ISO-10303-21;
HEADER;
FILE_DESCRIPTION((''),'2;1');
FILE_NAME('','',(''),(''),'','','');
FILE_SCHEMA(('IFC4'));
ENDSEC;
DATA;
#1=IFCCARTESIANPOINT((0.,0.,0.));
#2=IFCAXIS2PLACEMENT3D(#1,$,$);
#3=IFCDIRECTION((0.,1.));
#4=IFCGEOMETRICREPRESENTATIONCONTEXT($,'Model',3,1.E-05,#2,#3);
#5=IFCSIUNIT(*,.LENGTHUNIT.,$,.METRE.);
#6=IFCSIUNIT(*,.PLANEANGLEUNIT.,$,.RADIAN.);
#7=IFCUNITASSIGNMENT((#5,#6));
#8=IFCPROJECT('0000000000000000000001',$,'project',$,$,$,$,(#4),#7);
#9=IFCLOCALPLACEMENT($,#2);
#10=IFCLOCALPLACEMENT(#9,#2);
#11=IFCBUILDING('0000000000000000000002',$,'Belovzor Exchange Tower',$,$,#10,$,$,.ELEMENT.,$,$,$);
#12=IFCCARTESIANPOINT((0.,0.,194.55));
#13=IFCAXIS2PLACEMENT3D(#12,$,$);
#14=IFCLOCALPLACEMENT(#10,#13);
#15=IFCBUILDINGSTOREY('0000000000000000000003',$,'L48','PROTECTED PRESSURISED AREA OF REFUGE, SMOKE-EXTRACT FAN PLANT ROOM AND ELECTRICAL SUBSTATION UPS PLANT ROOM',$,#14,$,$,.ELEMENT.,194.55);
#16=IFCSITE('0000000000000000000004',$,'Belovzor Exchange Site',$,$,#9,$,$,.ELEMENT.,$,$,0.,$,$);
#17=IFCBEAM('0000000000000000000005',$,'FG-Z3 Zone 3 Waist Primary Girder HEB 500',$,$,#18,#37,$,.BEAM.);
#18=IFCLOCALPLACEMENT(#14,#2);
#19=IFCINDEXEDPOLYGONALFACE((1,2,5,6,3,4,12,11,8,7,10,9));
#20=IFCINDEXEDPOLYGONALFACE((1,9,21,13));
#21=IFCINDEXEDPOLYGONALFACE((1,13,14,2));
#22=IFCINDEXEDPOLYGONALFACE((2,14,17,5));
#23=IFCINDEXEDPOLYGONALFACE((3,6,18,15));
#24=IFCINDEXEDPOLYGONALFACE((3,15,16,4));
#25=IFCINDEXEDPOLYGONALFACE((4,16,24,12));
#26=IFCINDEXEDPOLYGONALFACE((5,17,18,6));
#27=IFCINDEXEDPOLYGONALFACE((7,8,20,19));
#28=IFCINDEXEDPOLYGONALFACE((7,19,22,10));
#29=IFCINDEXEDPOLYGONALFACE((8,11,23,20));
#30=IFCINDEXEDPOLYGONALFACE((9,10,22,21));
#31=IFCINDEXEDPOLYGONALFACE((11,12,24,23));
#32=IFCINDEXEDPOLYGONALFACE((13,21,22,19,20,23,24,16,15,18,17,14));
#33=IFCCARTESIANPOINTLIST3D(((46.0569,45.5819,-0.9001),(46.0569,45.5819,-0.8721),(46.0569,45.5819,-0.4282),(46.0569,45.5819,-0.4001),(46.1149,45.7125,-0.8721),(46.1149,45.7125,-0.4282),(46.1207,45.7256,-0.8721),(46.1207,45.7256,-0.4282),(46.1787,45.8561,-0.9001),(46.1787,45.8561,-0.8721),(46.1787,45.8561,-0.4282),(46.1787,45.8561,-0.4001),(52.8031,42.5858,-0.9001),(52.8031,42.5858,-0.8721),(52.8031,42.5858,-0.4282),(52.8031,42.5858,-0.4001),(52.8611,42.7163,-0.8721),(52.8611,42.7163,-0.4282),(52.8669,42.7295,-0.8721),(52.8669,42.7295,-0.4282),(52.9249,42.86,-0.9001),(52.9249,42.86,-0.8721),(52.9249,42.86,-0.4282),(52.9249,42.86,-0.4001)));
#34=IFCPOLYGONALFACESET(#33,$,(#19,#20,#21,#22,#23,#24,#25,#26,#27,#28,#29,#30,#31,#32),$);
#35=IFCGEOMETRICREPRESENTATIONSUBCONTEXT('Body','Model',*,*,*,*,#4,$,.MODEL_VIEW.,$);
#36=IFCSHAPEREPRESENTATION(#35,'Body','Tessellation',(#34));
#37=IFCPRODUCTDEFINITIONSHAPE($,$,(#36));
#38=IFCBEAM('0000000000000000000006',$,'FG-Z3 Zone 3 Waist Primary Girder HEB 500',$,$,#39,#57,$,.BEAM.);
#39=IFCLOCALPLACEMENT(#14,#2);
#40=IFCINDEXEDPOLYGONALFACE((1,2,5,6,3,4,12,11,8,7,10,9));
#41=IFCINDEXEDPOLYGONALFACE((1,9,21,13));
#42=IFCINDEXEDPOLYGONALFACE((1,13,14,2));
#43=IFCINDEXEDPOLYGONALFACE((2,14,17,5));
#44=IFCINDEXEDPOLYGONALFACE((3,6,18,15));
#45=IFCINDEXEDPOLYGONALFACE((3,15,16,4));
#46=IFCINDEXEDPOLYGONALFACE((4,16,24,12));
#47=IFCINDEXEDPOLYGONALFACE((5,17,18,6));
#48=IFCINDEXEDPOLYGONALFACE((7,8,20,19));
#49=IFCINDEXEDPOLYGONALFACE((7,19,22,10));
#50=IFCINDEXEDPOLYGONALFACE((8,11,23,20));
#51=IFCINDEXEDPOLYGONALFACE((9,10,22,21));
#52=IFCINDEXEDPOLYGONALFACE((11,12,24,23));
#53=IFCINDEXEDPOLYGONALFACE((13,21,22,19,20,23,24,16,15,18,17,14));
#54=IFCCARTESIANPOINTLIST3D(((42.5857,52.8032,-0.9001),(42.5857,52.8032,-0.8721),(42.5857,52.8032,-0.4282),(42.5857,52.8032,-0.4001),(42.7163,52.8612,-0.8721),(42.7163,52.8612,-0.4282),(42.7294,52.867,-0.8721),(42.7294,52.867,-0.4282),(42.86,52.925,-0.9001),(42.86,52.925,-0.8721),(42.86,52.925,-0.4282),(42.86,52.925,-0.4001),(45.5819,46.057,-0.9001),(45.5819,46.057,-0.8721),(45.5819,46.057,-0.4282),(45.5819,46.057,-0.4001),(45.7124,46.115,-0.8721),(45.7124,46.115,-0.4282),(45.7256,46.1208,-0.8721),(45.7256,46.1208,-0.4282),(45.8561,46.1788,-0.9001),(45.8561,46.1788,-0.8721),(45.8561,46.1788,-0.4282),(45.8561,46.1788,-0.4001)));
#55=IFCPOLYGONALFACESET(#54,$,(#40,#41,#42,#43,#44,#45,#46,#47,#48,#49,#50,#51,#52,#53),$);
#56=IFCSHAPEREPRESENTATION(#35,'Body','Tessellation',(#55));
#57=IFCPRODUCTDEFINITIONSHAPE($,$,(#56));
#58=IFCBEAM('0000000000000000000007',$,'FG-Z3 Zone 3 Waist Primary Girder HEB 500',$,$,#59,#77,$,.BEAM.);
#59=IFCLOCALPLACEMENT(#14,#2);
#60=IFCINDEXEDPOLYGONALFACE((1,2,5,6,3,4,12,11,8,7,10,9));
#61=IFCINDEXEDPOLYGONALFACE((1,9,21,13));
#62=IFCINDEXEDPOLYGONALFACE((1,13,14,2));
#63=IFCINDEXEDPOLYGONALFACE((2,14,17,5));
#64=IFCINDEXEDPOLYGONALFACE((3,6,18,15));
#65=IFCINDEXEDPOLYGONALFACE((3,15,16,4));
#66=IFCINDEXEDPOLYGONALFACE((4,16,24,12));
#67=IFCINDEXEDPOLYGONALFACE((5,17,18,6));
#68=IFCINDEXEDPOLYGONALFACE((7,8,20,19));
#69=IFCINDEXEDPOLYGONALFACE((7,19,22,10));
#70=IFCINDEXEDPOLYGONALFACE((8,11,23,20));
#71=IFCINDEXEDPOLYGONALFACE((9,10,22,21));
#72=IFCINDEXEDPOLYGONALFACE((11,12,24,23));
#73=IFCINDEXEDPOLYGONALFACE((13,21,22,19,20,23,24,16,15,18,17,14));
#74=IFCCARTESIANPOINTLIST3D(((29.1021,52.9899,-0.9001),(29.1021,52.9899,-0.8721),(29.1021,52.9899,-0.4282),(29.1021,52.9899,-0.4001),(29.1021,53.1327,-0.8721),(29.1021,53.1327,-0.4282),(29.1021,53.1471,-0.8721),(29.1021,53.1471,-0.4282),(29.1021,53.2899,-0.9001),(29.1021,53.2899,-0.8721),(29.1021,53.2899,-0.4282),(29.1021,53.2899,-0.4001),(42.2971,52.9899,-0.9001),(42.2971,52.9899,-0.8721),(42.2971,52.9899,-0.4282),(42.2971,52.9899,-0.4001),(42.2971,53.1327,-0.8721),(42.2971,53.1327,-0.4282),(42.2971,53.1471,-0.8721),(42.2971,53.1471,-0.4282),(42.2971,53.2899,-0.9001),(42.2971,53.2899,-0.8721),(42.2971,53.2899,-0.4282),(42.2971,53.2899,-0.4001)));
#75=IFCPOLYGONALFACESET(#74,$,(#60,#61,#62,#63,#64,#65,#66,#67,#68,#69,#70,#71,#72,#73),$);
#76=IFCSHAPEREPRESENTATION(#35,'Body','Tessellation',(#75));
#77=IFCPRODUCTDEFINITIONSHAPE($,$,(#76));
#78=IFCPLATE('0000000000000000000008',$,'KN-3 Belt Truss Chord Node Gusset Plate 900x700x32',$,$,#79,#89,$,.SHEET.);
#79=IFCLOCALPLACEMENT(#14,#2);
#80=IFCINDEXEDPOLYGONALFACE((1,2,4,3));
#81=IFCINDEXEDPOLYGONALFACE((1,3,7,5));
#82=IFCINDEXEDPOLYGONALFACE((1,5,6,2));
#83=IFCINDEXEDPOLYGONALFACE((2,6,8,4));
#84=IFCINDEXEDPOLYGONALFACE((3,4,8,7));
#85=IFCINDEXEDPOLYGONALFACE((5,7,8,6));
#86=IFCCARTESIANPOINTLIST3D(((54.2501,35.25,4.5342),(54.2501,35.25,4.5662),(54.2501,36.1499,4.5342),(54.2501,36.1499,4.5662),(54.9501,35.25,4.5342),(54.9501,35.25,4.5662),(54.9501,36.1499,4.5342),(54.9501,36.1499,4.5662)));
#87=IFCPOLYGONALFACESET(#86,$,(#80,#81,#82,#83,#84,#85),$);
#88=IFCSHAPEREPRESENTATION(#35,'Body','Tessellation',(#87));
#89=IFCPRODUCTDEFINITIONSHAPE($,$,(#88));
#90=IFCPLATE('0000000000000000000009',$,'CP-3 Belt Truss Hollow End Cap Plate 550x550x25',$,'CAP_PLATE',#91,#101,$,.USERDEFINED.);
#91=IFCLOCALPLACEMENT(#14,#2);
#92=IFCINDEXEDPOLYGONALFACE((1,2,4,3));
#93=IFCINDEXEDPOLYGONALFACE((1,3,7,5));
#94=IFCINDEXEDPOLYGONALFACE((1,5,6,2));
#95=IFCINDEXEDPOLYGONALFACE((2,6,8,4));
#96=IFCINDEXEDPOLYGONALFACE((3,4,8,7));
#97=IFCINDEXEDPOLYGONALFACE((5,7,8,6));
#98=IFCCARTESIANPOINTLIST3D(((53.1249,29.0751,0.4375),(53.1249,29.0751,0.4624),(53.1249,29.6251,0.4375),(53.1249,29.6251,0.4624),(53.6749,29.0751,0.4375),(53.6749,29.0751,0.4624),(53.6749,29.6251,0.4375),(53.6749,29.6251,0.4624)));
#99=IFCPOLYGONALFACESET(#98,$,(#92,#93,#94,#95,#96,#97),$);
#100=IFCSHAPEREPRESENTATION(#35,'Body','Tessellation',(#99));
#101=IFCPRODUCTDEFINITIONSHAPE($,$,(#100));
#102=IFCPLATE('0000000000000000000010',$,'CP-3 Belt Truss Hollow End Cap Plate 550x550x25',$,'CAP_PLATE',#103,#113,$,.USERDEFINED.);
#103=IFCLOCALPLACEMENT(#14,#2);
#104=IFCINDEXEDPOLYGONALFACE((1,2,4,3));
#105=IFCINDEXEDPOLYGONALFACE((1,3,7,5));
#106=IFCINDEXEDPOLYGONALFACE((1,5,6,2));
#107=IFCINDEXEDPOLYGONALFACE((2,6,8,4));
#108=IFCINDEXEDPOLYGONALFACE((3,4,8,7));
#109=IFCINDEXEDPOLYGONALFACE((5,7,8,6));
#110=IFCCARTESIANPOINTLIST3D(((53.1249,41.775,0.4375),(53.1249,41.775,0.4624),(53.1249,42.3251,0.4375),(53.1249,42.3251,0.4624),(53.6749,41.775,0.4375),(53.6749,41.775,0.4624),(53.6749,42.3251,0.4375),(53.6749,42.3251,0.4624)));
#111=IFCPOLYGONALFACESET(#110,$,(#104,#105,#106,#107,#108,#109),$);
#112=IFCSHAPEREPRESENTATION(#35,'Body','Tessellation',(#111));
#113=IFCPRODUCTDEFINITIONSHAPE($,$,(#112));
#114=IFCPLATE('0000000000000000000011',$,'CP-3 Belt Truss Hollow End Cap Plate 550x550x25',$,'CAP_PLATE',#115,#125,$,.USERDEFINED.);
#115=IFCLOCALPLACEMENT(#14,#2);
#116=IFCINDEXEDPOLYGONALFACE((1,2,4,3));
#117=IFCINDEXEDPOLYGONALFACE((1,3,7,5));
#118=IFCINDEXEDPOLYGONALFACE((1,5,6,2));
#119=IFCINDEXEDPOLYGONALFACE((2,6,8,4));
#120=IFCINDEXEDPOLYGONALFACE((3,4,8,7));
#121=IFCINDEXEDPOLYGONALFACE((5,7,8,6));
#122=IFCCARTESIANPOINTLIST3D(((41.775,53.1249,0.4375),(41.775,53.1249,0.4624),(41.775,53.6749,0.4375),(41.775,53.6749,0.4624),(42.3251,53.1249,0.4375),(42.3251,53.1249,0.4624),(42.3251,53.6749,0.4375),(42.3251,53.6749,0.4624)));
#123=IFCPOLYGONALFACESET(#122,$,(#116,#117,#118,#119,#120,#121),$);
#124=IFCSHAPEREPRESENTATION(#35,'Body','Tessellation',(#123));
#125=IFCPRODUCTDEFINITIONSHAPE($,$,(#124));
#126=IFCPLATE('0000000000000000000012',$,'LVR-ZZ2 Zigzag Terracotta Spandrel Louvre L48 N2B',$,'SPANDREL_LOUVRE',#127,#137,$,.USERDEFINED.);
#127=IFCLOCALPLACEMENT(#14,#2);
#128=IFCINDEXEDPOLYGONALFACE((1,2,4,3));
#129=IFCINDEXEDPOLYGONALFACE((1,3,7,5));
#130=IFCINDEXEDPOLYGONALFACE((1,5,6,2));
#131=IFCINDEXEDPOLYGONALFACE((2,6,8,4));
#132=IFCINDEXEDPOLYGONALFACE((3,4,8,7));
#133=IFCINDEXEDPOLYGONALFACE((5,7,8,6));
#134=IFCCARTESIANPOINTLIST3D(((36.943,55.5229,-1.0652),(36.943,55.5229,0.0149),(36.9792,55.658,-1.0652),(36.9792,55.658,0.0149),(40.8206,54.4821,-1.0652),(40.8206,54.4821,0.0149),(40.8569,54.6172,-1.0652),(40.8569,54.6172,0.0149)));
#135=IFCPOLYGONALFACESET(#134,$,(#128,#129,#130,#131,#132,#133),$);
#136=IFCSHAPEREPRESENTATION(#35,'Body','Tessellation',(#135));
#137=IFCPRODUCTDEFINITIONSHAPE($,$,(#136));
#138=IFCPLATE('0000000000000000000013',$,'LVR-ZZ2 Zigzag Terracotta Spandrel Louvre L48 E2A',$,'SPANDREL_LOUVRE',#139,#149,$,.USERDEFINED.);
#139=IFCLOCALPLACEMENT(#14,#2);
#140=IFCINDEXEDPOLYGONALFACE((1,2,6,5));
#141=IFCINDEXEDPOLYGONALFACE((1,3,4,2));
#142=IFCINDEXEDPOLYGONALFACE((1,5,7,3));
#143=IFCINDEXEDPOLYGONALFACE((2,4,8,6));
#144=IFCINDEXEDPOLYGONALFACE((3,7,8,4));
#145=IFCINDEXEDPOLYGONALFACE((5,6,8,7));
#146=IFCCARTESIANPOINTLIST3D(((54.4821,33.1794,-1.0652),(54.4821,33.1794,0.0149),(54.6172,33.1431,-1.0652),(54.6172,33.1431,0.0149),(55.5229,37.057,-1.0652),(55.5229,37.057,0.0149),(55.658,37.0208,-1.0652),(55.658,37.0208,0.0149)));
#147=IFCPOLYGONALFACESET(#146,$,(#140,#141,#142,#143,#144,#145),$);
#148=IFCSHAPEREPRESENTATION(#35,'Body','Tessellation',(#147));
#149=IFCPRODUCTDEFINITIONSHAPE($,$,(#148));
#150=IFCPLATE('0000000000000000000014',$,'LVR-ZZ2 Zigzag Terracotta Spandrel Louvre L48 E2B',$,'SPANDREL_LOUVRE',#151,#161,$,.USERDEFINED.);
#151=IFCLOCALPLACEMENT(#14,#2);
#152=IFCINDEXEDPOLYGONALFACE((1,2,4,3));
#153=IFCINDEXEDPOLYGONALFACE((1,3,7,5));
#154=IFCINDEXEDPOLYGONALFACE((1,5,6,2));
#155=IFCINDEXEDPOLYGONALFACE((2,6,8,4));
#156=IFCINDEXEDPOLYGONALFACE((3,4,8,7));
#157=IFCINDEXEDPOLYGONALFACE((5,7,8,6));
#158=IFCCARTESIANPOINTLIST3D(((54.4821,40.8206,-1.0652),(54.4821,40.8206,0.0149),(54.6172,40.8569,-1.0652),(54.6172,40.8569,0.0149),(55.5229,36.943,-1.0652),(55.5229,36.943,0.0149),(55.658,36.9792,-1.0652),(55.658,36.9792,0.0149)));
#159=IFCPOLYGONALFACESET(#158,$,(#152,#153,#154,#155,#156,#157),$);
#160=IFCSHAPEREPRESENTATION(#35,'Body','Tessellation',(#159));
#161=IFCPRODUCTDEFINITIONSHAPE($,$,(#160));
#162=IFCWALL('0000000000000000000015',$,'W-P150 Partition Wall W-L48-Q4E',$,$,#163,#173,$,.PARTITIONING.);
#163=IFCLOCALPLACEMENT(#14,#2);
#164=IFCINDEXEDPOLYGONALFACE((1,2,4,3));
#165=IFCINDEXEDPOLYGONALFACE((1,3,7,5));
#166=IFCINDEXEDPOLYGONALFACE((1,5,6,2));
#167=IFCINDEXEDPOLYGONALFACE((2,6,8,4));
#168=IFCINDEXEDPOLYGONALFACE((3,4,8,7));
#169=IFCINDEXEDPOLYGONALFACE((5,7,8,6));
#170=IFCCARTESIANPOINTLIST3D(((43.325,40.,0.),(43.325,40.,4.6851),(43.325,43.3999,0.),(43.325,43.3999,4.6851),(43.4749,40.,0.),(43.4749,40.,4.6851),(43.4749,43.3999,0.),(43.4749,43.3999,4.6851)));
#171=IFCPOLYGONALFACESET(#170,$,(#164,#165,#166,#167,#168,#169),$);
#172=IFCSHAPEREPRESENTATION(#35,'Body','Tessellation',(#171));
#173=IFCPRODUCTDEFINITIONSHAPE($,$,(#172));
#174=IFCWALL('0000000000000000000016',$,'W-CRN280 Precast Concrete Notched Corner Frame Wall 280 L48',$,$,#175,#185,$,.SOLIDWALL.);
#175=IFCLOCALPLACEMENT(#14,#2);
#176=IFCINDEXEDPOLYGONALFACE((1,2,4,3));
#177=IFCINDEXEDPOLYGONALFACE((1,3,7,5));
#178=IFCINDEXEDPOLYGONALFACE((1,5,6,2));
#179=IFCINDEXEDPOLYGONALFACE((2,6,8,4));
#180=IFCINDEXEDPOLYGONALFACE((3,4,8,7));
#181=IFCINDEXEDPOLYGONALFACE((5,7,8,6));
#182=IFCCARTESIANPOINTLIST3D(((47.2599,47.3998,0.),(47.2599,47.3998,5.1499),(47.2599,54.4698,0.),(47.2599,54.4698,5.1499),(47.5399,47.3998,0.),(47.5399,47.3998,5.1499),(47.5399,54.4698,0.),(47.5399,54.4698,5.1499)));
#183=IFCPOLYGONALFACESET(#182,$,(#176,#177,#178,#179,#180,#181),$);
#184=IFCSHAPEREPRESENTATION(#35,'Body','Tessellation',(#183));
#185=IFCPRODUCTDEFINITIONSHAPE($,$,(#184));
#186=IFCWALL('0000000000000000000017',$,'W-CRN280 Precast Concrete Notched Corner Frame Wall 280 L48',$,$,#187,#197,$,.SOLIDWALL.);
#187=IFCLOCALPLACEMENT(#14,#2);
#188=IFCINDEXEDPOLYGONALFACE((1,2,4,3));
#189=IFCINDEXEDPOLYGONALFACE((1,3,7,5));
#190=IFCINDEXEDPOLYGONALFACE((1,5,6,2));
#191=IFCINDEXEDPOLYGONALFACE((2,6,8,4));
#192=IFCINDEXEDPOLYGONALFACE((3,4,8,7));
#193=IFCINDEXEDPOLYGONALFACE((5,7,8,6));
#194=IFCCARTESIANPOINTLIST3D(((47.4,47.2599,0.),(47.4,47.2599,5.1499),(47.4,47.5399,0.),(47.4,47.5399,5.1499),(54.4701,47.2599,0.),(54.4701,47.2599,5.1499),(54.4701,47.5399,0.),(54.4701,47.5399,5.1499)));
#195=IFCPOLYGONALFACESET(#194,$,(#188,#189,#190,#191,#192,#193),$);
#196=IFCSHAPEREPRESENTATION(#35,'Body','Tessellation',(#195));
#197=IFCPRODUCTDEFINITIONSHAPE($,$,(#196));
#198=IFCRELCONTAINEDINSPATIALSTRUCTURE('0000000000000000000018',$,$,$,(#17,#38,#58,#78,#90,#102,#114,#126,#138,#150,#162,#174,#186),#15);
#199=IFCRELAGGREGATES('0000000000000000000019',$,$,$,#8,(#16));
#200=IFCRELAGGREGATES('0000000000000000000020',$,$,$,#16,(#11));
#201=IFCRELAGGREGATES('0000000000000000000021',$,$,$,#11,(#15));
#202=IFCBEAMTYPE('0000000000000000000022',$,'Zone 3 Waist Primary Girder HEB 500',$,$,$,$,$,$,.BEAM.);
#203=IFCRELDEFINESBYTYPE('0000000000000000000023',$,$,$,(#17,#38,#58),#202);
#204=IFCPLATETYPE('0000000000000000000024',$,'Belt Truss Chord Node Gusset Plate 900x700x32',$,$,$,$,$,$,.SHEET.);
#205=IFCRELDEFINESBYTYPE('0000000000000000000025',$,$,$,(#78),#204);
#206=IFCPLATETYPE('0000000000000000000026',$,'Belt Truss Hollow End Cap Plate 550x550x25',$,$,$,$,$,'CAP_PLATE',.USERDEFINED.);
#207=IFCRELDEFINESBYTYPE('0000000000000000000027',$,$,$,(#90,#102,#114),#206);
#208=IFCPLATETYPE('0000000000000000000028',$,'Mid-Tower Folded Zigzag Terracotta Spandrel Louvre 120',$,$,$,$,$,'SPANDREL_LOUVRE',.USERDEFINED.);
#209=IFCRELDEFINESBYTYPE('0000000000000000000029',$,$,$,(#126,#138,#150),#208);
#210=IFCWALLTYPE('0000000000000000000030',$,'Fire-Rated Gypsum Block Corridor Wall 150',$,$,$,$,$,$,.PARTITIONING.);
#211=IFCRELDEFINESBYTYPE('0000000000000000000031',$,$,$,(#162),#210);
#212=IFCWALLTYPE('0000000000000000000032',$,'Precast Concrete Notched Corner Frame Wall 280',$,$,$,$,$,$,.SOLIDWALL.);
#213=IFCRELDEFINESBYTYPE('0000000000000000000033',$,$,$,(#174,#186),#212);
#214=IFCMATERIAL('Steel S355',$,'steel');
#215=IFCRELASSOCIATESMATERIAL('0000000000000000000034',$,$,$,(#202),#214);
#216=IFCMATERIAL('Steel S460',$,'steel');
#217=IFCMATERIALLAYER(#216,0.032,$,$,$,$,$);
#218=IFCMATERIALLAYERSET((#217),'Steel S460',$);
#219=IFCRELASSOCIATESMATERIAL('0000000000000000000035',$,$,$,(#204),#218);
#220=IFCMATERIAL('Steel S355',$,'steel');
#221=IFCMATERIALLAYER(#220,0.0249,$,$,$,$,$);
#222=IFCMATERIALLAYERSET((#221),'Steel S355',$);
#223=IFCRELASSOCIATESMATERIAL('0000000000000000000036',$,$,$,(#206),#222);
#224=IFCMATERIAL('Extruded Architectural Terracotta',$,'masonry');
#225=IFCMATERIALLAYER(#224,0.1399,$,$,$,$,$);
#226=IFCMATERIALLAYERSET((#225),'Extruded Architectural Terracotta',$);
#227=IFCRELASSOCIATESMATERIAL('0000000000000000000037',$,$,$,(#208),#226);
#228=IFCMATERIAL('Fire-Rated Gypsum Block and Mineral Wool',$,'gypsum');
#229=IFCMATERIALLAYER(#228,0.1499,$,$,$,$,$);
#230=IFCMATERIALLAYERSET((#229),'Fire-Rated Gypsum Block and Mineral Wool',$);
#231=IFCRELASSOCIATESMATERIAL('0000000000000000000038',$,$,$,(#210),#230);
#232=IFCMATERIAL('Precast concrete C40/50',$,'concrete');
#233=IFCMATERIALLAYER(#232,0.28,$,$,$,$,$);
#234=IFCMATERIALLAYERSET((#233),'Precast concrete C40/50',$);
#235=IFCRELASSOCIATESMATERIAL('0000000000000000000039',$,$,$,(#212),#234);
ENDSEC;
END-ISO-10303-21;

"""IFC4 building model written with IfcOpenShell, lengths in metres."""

from ifc_helpers import new_model, si_unit, direction, frame, frame_2d, origin, origin_2d, place, context, subcontext, project, spatial, rectangle, i_section, extrude, material, layer, layer_set, material_profile, profile_set, type_object, element, save


model = new_model("IFC4")

# Units and contexts
model_context = context("Model", 3, precision=1e-05, world=origin(), true_north=direction((0.0, 1.0)))
body_context = subcontext(model_context, "Body", "Model", "MODEL_VIEW")
ifc_project = project(units=[si_unit("LENGTHUNIT", "METRE"), si_unit("PLANEANGLEUNIT", "RADIAN")], contexts=[model_context])

# Site, building, storey
site_placement = place(None, origin())
site = spatial("IfcSite", under=ifc_project, at=site_placement, Name="Belovzor Exchange Site", CompositionType="ELEMENT", RefElevation=0.0)
building_placement = place(site_placement, origin())
building = spatial("IfcBuilding", under=site, at=building_placement, Name="Belovzor Exchange Tower", CompositionType="ELEMENT")
storey_placement = place(building_placement, frame((0.0, 0.0, 194.55)))
storey = spatial("IfcBuildingStorey", under=building, at=storey_placement, Name="L48", Description="PROTECTED PRESSURISED AREA OF REFUGE, SMOKE-EXTRACT FAN PLANT ROOM AND ELECTRICAL SUBSTATION UPS PLANT ROOM", CompositionType="ELEMENT", Elevation=194.55)

# Beams
ifc_material_1 = material(Name="Steel S355", Category="steel")
ifc_material_profile_1 = material_profile(ifc_material_1, i_section(OverallWidth=0.3, OverallDepth=0.5, WebThickness=0.0144, FlangeThickness=0.0281, at=origin_2d()))
ifc_profile_set_1 = profile_set([ifc_material_profile_1], Name="Steel S355")
beam_type_1 = type_object("IfcBeamType", Name="Zone 3 Waist Primary Girder HEB 500", PredefinedType="BEAM", material=ifc_profile_set_1)
for number, where, z_axis, x_axis, name in (
    (1, (52.864, 42.7229, -0.6501), (-0.913921, 0.405893, 0.0), (-0.405893, -0.913921, 0.0), "FG-Z3 Zone 3 Waist Primary Girder HEB 500"),
    (2, (45.719, 46.1179, -0.6501), (-0.405893, 0.913921, 0.0), (-0.913921, -0.405893, 0.0), "FG-Z3 Zone 3 Waist Primary Girder HEB 500"),
):
    element("IfcBeam", number, at=place(storey_placement, frame(where, z_axis=z_axis, x_axis=x_axis)), inside=storey, type_object=beam_type_1, Name=name, PredefinedType="BEAM", context=body_context, shape_type="SweptSolid", body=[
        extrude(i_section(OverallWidth=0.3, OverallDepth=0.5, WebThickness=0.0144, FlangeThickness=0.0281, at=origin_2d()), origin(), (0.0, 0.0, 1.0), 7.3816),
    ])
beam_1_placement = place(storey_placement, frame((42.2971, 53.1399, -0.6501), z_axis=(-1.0, 0.0, 0.0), x_axis=(0.0, -1.0, 0.0)))
element("IfcBeam", 3, at=beam_1_placement, inside=storey, type_object=beam_type_1, Name="FG-Z3 Zone 3 Waist Primary Girder HEB 500", PredefinedType="BEAM", context=body_context, shape_type="SweptSolid", body=[
    extrude(i_section(OverallWidth=0.3, OverallDepth=0.5, WebThickness=0.0144, FlangeThickness=0.0281, at=origin_2d()), origin(), (0.0, 0.0, 1.0), 13.1951),
])

# Plates
ifc_material_2 = material(Name="Steel S460", Category="steel")
ifc_layer_1 = layer(ifc_material_2, 0.032)
ifc_layer_set_1 = layer_set([ifc_layer_1], Name="Steel S460")
plate_type_1 = type_object("IfcPlateType", Name="Belt Truss Chord Node Gusset Plate 900x700x32", PredefinedType="SHEET", material=ifc_layer_set_1)
plate_placement = place(storey_placement, frame((54.6001, 35.7, 4.5342), z_axis=(0.0, 0.0, 1.0), x_axis=(0.0, 1.0, 0.0)))
element("IfcPlate", 4, at=plate_placement, inside=storey, type_object=plate_type_1, Name="KN-3 Belt Truss Chord Node Gusset Plate 900x700x32", PredefinedType="SHEET", context=body_context, shape_type="SweptSolid", body=[
    extrude(rectangle(XDim=0.8999, YDim=0.7, at=origin_2d()), origin(), (0.0, 0.0, 1.0), 0.032),
])
ifc_material_3 = material(Name="Steel S355", Category="steel")
ifc_layer_2 = layer(ifc_material_3, 0.0249)
ifc_layer_set_2 = layer_set([ifc_layer_2], Name="Steel S355")
plate_type_2 = type_object("IfcPlateType", Name="Belt Truss Hollow End Cap Plate 550x550x25", ElementType="CAP_PLATE", PredefinedType="USERDEFINED", material=ifc_layer_set_2)
for number, where, z_axis, x_axis, name in (
    (5, (53.3999, 29.3501, 0.4375), (0.0, 0.0, 1.0), (0.0, 1.0, 0.0), "CP-3 Belt Truss Hollow End Cap Plate 550x550x25"),
    (6, (53.3999, 42.05, 0.4375), (0.0, 0.0, 1.0), (0.0, 1.0, 0.0), "CP-3 Belt Truss Hollow End Cap Plate 550x550x25"),
    (7, (42.05, 53.3999, 0.4375), (0.0, 0.0, 1.0), (1.0, 0.0, 0.0), "CP-3 Belt Truss Hollow End Cap Plate 550x550x25"),
):
    element("IfcPlate", number, at=place(storey_placement, frame(where, z_axis=z_axis, x_axis=x_axis)), inside=storey, type_object=plate_type_2, Name=name, ObjectType="CAP_PLATE", PredefinedType="USERDEFINED", context=body_context, shape_type="SweptSolid", body=[
        extrude(rectangle(XDim=0.55, YDim=0.55, at=origin_2d()), origin(), (0.0, 0.0, 1.0), 0.0249),
    ])
ifc_material_4 = material(Name="Extruded Architectural Terracotta", Category="masonry")
ifc_layer_3 = layer(ifc_material_4, 0.1399)
ifc_layer_set_3 = layer_set([ifc_layer_3], Name="Extruded Architectural Terracotta")
plate_type_3 = type_object("IfcPlateType", Name="Mid-Tower Folded Zigzag Terracotta Spandrel Louvre 120", ElementType="SPANDREL_LOUVRE", PredefinedType="USERDEFINED", material=ifc_layer_set_3)
for number, where, z_axis, x_axis, name in (
    (8, (38.8999, 55.0701, -1.0652), (0.0, 0.0, 1.0), (0.965813, -0.25924, 0.0), "LVR-ZZ2 Zigzag Terracotta Spandrel Louvre L48 N2B"),
    (9, (55.0701, 35.1001, -1.0652), (0.0, 0.0, 1.0), (0.25924, 0.965813, 0.0), "LVR-ZZ2 Zigzag Terracotta Spandrel Louvre L48 E2A"),
    (10, (55.0701, 38.8999, -1.0652), (0.0, 0.0, 1.0), (-0.25924, 0.965813, 0.0), "LVR-ZZ2 Zigzag Terracotta Spandrel Louvre L48 E2B"),
):
    element("IfcPlate", number, at=place(storey_placement, frame(where, z_axis=z_axis, x_axis=x_axis)), inside=storey, type_object=plate_type_3, Name=name, ObjectType="SPANDREL_LOUVRE", PredefinedType="USERDEFINED", context=body_context, shape_type="SweptSolid", body=[
        extrude(rectangle(XDim=4.0149, YDim=0.1399, at=origin_2d()), origin(), (0.0, 0.0, 1.0), 1.0801),
    ])

# Walls
ifc_material_5 = material(Name="Fire-Rated Gypsum Block and Mineral Wool", Category="gypsum")
ifc_layer_4 = layer(ifc_material_5, 0.1499)
ifc_layer_set_4 = layer_set([ifc_layer_4], Name="Fire-Rated Gypsum Block and Mineral Wool")
wall_type_1 = type_object("IfcWallType", Name="Fire-Rated Gypsum Block Corridor Wall 150", PredefinedType="PARTITIONING", material=ifc_layer_set_4)
wall_1_placement = place(storey_placement, frame((43.3999, 40.0, 0.0), z_axis=(0.0, 0.0, 1.0), x_axis=(0.0, 1.0, 0.0)))
element("IfcWall", 11, at=wall_1_placement, inside=storey, type_object=wall_type_1, Name="W-P150 Partition Wall W-L48-Q4E", PredefinedType="PARTITIONING", context=body_context, shape_type="SweptSolid", body=[
    extrude(rectangle(XDim=3.3999, YDim=0.1499, at=frame_2d((1.7, 0.0))), origin(), (0.0, 0.0, 1.0), 4.6851),
])
ifc_material_6 = material(Name="Precast concrete C40/50", Category="concrete")
ifc_layer_5 = layer(ifc_material_6, 0.28)
ifc_layer_set_5 = layer_set([ifc_layer_5], Name="Precast concrete C40/50")
wall_type_2 = type_object("IfcWallType", Name="Precast Concrete Notched Corner Frame Wall 280", PredefinedType="SOLIDWALL", material=ifc_layer_set_5)
for number, where, z_axis, x_axis, name in (
    (12, (47.3999, 54.47, 0.0), (0.0, 0.0, 1.0), (0.0, -1.0, 0.0), "W-CRN280 Precast Concrete Notched Corner Frame Wall 280 L48"),
    (13, (47.3999, 47.3999, 0.0), (0.0, 0.0, 1.0), (1.0, 0.0, 0.0), "W-CRN280 Precast Concrete Notched Corner Frame Wall 280 L48"),
):
    element("IfcWall", number, at=place(storey_placement, frame(where, z_axis=z_axis, x_axis=x_axis)), inside=storey, type_object=wall_type_2, Name=name, PredefinedType="SOLIDWALL", context=body_context, shape_type="SweptSolid", body=[
        extrude(rectangle(XDim=7.0701, YDim=0.28, at=frame_2d((3.5352, 0.0))), origin(), (0.0, 0.0, 1.0), 5.1499),
    ])

save(model, "model.ifc")
